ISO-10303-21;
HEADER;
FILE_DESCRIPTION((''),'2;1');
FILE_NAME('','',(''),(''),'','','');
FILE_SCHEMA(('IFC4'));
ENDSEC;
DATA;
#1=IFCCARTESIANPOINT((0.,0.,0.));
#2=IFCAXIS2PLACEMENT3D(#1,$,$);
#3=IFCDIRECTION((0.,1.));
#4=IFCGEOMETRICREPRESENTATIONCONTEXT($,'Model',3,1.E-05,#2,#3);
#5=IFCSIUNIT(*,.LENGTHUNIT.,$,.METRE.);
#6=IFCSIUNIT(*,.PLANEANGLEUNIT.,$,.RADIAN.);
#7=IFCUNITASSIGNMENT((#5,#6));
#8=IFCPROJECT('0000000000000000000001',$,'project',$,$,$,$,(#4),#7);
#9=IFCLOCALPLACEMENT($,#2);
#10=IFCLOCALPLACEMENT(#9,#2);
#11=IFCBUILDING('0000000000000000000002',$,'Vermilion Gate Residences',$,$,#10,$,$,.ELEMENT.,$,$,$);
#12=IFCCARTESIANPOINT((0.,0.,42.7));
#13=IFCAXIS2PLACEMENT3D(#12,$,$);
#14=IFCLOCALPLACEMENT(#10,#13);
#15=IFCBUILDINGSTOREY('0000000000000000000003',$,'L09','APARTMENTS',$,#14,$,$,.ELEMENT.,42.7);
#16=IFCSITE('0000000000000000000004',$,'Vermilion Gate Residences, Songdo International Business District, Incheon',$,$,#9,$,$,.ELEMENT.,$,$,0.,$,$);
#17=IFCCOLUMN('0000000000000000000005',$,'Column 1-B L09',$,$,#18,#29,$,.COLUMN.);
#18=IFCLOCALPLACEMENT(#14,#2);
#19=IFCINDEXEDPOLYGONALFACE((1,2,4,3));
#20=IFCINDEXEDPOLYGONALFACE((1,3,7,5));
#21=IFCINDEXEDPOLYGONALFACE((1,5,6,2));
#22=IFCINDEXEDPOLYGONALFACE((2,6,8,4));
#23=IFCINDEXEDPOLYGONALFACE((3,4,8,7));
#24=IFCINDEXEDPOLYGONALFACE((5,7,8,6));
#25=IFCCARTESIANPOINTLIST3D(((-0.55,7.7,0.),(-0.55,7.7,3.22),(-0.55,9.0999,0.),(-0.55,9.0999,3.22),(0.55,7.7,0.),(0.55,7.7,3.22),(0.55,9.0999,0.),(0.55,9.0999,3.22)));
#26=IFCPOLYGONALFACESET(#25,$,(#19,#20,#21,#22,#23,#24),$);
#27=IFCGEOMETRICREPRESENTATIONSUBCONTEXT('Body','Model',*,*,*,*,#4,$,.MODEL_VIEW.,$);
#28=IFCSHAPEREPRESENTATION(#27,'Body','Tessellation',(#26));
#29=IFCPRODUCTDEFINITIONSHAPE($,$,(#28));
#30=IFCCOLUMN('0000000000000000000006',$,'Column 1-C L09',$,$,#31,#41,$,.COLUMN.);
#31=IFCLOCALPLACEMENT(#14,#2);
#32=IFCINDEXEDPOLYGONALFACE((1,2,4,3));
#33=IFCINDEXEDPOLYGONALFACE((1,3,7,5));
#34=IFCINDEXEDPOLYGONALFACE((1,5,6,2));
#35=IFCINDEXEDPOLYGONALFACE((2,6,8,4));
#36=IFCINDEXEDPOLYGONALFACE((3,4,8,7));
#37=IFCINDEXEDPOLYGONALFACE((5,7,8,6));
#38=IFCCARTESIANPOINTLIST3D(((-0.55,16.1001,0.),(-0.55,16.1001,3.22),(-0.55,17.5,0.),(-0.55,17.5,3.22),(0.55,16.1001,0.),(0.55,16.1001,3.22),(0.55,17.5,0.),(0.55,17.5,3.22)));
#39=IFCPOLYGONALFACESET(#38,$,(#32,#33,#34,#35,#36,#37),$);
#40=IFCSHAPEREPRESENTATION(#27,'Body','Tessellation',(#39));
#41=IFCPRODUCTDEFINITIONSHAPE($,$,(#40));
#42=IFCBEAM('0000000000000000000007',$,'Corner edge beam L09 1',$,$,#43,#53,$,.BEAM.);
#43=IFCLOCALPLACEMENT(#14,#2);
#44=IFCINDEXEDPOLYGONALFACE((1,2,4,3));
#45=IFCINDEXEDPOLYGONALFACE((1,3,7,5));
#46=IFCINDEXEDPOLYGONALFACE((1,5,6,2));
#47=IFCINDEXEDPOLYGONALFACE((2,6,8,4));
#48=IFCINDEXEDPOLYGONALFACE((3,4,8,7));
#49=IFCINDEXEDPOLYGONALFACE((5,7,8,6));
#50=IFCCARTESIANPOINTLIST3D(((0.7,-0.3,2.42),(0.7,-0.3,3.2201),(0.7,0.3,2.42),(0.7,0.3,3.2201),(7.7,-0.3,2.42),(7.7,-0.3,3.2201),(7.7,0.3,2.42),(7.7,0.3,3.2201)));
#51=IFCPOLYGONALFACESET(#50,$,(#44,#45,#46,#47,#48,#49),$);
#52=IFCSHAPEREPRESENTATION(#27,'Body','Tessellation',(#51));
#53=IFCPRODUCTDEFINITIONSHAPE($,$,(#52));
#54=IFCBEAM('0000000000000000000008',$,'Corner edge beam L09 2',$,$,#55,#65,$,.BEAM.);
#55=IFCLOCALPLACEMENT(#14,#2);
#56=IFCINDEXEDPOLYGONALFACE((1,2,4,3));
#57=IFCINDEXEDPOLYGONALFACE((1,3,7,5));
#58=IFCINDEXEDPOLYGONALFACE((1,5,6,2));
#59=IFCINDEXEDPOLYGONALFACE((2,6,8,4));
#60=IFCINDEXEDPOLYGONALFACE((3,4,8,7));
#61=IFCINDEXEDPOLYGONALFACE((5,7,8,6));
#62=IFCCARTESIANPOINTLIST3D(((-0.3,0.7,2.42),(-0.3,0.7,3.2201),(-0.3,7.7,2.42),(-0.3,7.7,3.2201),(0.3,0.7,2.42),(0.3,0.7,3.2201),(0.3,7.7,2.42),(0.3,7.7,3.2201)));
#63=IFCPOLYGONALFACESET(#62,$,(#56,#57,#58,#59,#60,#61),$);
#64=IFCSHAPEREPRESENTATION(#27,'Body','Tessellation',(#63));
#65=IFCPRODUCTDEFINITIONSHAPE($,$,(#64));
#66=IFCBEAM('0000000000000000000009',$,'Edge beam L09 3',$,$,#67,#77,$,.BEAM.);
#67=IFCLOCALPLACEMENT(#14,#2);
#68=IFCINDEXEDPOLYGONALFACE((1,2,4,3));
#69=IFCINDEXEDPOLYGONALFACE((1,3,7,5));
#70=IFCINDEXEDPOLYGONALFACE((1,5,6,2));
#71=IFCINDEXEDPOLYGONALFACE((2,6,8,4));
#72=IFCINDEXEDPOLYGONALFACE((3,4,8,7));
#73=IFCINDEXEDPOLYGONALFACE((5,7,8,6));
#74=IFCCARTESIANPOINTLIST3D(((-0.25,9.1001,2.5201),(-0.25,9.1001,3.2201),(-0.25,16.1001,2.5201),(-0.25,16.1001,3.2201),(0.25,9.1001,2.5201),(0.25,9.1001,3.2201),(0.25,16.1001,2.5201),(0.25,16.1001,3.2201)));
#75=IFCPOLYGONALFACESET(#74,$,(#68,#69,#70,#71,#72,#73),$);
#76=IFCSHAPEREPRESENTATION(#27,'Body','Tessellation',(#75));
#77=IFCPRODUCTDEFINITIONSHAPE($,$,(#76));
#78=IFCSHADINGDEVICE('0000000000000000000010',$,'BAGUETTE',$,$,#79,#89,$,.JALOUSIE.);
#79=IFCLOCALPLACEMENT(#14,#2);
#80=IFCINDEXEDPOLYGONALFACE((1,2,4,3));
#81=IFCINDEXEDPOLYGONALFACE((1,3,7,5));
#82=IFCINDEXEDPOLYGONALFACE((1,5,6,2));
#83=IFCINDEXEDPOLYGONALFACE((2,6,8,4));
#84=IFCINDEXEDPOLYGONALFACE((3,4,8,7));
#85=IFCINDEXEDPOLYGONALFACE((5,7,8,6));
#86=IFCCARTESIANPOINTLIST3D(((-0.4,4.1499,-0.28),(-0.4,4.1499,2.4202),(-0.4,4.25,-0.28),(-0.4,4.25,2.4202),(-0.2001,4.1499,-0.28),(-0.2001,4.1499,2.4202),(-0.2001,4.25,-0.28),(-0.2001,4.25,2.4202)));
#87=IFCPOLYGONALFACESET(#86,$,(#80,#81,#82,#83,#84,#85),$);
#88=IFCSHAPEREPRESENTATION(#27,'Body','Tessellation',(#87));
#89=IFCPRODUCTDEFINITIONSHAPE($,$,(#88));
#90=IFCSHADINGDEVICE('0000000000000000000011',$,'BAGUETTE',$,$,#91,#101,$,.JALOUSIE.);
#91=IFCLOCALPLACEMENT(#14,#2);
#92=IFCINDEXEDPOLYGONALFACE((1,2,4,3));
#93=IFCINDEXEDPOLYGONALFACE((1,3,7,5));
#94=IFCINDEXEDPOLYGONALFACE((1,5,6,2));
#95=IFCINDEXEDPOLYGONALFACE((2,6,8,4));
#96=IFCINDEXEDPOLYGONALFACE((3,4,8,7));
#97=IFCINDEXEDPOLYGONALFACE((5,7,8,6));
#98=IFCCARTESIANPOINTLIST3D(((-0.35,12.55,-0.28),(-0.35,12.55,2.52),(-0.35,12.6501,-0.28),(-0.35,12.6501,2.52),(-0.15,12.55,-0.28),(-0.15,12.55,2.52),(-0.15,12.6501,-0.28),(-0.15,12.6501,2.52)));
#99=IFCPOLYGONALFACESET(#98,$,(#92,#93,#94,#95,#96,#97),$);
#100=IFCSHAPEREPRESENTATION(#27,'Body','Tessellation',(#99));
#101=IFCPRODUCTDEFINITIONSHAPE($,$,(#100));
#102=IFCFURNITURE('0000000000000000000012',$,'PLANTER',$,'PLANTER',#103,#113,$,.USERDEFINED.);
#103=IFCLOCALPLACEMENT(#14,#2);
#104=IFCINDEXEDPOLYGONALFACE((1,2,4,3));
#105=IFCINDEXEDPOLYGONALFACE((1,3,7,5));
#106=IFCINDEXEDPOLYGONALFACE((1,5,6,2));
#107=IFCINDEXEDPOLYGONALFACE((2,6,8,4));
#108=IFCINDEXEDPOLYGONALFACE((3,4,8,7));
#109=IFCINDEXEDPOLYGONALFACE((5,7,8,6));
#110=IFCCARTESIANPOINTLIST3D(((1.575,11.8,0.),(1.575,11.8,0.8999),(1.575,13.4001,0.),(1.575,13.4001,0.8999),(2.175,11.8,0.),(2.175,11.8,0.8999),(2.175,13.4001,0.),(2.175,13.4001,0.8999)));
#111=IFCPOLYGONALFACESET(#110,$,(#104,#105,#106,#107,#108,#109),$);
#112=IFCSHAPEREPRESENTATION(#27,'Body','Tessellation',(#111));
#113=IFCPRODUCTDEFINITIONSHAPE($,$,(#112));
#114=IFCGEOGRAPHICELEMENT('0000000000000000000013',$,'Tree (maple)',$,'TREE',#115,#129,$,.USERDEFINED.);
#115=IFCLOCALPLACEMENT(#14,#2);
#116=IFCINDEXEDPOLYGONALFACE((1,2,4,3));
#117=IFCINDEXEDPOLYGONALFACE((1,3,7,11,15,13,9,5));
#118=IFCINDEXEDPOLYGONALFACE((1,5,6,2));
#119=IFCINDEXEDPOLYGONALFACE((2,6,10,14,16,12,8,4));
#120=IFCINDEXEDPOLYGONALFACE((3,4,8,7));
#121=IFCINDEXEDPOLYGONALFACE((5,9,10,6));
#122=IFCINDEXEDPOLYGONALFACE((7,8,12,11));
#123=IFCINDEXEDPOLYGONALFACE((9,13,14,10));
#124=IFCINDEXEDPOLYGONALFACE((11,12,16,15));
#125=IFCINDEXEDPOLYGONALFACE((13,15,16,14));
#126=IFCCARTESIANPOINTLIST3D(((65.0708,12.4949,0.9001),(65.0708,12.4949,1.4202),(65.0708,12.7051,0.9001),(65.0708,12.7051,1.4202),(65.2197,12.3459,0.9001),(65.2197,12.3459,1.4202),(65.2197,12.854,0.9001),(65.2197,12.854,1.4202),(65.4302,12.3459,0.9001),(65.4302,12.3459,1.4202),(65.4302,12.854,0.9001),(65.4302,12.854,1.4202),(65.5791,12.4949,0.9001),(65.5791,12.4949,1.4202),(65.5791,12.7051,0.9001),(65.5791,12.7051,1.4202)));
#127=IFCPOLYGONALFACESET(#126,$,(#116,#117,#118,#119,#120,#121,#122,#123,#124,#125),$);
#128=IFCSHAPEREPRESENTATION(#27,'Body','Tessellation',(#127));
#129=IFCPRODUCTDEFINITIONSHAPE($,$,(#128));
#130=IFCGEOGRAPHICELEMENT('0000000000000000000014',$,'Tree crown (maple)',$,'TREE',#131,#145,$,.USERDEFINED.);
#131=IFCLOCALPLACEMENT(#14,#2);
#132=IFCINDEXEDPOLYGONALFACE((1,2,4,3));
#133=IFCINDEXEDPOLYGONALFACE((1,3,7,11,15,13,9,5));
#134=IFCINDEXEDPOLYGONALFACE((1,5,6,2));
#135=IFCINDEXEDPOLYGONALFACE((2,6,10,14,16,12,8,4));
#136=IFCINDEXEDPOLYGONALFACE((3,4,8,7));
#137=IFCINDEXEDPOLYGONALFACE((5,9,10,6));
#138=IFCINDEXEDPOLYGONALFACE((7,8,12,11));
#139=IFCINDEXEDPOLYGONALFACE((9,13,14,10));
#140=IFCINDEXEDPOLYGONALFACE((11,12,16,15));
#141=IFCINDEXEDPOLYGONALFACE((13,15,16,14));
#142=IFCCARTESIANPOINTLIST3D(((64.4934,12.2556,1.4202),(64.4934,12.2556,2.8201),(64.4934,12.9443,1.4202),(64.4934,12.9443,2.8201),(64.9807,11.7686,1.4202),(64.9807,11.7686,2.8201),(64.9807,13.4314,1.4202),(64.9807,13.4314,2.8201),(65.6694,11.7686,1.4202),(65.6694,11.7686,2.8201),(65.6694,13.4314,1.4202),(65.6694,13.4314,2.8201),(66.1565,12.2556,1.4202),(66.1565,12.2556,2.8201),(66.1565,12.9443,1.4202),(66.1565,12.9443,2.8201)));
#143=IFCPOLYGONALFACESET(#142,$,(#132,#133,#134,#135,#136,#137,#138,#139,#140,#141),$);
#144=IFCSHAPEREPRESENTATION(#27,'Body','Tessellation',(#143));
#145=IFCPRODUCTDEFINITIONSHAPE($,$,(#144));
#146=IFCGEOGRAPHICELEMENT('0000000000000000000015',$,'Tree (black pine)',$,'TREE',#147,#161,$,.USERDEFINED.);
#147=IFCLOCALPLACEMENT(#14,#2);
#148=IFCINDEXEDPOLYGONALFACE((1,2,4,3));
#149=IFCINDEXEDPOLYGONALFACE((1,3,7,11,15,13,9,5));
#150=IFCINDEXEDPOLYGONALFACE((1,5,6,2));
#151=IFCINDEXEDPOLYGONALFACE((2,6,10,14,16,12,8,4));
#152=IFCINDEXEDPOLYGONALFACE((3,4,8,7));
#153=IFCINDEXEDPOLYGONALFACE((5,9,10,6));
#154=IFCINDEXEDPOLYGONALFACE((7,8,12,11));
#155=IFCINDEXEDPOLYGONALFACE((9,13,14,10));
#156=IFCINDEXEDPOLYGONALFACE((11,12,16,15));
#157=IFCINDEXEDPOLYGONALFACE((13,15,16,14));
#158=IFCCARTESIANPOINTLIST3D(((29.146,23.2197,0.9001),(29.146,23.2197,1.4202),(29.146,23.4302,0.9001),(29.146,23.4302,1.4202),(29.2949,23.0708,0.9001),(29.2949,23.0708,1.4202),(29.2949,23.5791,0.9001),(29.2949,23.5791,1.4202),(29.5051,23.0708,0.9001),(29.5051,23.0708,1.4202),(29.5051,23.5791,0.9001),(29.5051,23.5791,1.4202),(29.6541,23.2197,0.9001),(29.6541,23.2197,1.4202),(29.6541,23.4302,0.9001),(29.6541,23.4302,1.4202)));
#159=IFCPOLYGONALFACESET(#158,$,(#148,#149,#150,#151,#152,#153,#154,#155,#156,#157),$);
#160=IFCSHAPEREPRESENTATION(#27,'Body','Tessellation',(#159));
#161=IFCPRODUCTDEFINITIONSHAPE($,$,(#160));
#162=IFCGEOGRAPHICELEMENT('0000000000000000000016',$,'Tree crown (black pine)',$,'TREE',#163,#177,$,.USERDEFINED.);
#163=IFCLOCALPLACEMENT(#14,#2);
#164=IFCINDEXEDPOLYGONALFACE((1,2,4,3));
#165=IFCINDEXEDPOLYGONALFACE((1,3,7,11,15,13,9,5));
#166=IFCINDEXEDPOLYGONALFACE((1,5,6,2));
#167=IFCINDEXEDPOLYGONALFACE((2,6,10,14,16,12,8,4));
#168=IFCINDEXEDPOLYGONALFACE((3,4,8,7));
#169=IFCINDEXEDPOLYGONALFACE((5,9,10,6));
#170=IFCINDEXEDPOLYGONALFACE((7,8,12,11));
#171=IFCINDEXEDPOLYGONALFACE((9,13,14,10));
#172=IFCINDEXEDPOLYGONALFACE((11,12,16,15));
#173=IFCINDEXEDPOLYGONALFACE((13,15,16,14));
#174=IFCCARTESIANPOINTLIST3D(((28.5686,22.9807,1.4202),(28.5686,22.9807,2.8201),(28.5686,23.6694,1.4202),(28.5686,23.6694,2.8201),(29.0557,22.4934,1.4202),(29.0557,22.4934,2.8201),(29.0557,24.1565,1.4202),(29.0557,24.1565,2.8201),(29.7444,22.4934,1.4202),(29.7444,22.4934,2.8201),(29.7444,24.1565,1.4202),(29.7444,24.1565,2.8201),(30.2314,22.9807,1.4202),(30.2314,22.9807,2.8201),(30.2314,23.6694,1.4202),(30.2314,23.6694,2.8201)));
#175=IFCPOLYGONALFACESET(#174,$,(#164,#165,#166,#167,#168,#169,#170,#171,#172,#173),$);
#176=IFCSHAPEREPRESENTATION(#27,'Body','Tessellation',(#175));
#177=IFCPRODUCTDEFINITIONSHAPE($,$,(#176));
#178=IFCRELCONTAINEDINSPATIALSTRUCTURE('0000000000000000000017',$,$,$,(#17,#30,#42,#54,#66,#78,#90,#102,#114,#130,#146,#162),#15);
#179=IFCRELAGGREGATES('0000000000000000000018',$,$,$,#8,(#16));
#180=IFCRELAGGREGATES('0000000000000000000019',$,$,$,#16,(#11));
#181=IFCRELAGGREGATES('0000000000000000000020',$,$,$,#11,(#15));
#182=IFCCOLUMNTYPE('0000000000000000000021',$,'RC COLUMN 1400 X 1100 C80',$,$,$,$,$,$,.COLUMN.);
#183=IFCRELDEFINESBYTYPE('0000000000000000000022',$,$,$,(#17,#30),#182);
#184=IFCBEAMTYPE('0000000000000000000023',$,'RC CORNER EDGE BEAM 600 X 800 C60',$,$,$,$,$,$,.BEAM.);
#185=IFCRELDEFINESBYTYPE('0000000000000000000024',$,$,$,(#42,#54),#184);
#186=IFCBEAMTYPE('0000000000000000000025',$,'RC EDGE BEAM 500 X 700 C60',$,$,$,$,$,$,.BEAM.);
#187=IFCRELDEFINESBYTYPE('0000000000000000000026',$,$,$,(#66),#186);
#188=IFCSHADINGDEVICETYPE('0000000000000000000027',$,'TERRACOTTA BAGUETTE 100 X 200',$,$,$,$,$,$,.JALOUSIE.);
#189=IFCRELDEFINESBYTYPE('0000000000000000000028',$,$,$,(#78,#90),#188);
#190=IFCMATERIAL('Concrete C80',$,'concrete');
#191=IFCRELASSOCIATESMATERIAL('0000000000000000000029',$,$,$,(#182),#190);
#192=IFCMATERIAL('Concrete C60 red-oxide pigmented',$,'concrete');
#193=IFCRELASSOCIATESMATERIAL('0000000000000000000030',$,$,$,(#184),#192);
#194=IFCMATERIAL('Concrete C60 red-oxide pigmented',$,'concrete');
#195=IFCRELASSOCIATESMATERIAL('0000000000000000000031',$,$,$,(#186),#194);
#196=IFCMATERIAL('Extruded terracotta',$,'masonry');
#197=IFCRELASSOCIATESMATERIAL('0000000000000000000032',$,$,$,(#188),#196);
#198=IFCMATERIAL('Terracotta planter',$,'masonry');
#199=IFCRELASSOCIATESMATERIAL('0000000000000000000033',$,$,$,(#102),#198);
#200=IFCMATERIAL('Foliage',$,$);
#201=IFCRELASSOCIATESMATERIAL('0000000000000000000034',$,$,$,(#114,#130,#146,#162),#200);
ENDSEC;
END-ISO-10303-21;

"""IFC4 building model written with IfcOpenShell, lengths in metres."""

from ifc_helpers import new_model, si_unit, direction, frame, origin, origin_2d, place, context, subcontext, project, spatial, polyline, rectangle, outline, extrude, material, material_profile, profile_set, type_object, element, save


model = new_model("IFC4")

# Units and contexts
model_context = context("Model", 3, precision=1e-05, world=origin(), true_north=direction((0.0, 1.0)))
body_context = subcontext(model_context, "Body", "Model", "MODEL_VIEW")
ifc_project = project(units=[si_unit("LENGTHUNIT", "METRE"), si_unit("PLANEANGLEUNIT", "RADIAN")], contexts=[model_context])

# Site, building, storey
site_placement = place(None, origin())
site = spatial("IfcSite", under=ifc_project, at=site_placement, Name="Vermilion Gate Residences, Songdo International Business District, Incheon", CompositionType="ELEMENT", RefElevation=0.0)
building_placement = place(site_placement, origin())
building = spatial("IfcBuilding", under=site, at=building_placement, Name="Vermilion Gate Residences", CompositionType="ELEMENT")
storey_placement = place(building_placement, frame((0.0, 0.0, 42.7)))
storey = spatial("IfcBuildingStorey", under=building, at=storey_placement, Name="L09", Description="APARTMENTS", CompositionType="ELEMENT", Elevation=42.7)

# Columns
ifc_material_1 = material(Name="Concrete C80", Category="concrete")
ifc_material_profile_1 = material_profile(ifc_material_1, rectangle(XDim=1.3999, YDim=1.1001, at=origin_2d()), Name="RC-1400x1100")
ifc_profile_set_1 = profile_set([ifc_material_profile_1], Name="Concrete C80")
column_type = type_object("IfcColumnType", Name="RC COLUMN 1400 X 1100 C80", PredefinedType="COLUMN", material=ifc_profile_set_1)
for number, where, z_axis, x_axis, name in (
    (1, (0.0, 8.3999, 0.0), (0.0, 0.0, 1.0), (0.0, 1.0, 0.0), "Column 1-B L09"),
    (2, (0.0, 16.8, 0.0), (0.0, 0.0, 1.0), (0.0, 1.0, 0.0), "Column 1-C L09"),
):
    element("IfcColumn", number, at=place(storey_placement, frame(where, z_axis=z_axis, x_axis=x_axis)), inside=storey, type_object=column_type, Name=name, PredefinedType="COLUMN", context=body_context, shape_type="SweptSolid", body=[
        extrude(rectangle(XDim=1.3999, YDim=1.1001, at=origin_2d()), origin(), (0.0, 0.0, 1.0), 3.22),
    ])

# Beams
ifc_material_2 = material(Name="Concrete C60 red-oxide pigmented", Category="concrete")
ifc_material_profile_2 = material_profile(ifc_material_2, rectangle(XDim=0.6001, YDim=0.8, at=origin_2d()), Name="RC-600x800")
ifc_profile_set_2 = profile_set([ifc_material_profile_2], Name="Concrete C60 red-oxide pigmented")
beam_type_1 = type_object("IfcBeamType", Name="RC CORNER EDGE BEAM 600 X 800 C60", PredefinedType="BEAM", material=ifc_profile_set_2)
for number, where, z_axis, x_axis, name in (
    (3, (0.7, 0.0, 2.8201), (1.0, 0.0, 0.0), (0.0, 1.0, 0.0), "Corner edge beam L09 1"),
    (4, (0.0, 0.7, 2.8201), (0.0, 1.0, 0.0), (-1.0, 0.0, 0.0), "Corner edge beam L09 2"),
):
    element("IfcBeam", number, at=place(storey_placement, frame(where, z_axis=z_axis, x_axis=x_axis)), inside=storey, type_object=beam_type_1, Name=name, PredefinedType="BEAM", context=body_context, shape_type="SweptSolid", body=[
        extrude(rectangle(XDim=0.6001, YDim=0.8, at=origin_2d()), origin(), (0.0, 0.0, 1.0), 7.0),
    ])
ifc_material_3 = material(Name="Concrete C60 red-oxide pigmented", Category="concrete")
ifc_material_profile_3 = material_profile(ifc_material_3, rectangle(XDim=0.5, YDim=0.7, at=origin_2d()), Name="RC-500x700")
ifc_profile_set_3 = profile_set([ifc_material_profile_3], Name="Concrete C60 red-oxide pigmented")
beam_type_2 = type_object("IfcBeamType", Name="RC EDGE BEAM 500 X 700 C60", PredefinedType="BEAM", material=ifc_profile_set_3)
beam_placement = place(storey_placement, frame((0.0, 9.1001, 2.8701), z_axis=(0.0, 1.0, 0.0), x_axis=(-1.0, 0.0, 0.0)))
element("IfcBeam", 5, at=beam_placement, inside=storey, type_object=beam_type_2, Name="Edge beam L09 3", PredefinedType="BEAM", context=body_context, shape_type="SweptSolid", body=[
    extrude(rectangle(XDim=0.5, YDim=0.7, at=origin_2d()), origin(), (0.0, 0.0, 1.0), 7.0),
])

# Shading devices
ifc_material_4 = material(Name="Extruded terracotta", Category="masonry")
ifc_material_profile_4 = material_profile(ifc_material_4, rectangle(XDim=0.2, YDim=0.1001, at=origin_2d()), Name="BAGUETTE 100 X 200")
ifc_profile_set_4 = profile_set([ifc_material_profile_4], Name="Extruded terracotta")
shading_device_type = type_object("IfcShadingDeviceType", Name="TERRACOTTA BAGUETTE 100 X 200", PredefinedType="JALOUSIE", material=ifc_profile_set_4)
shading_device_1_placement = place(storey_placement, frame((-0.3, 4.2, -0.28), z_axis=(0.0, 0.0, 1.0), x_axis=(1.0, 0.0, 0.0)))
element("IfcShadingDevice", 6, at=shading_device_1_placement, inside=storey, type_object=shading_device_type, Name="BAGUETTE", PredefinedType="JALOUSIE", context=body_context, shape_type="SweptSolid", body=[
    extrude(rectangle(XDim=0.2, YDim=0.1001, at=origin_2d()), origin(), (0.0, 0.0, 1.0), 2.7002),
])
shading_device_2_placement = place(storey_placement, frame((-0.25, 12.6001, -0.28), z_axis=(0.0, 0.0, 1.0), x_axis=(1.0, 0.0, 0.0)))
element("IfcShadingDevice", 7, at=shading_device_2_placement, inside=storey, type_object=shading_device_type, Name="BAGUETTE", PredefinedType="JALOUSIE", context=body_context, shape_type="SweptSolid", body=[
    extrude(rectangle(XDim=0.2, YDim=0.1001, at=origin_2d()), origin(), (0.0, 0.0, 1.0), 2.8),
])

# Furniture
ifc_material_5 = material(Name="Terracotta planter", Category="masonry")
furniture_placement = place(storey_placement, frame((1.875, 12.6001, 0.0), z_axis=(0.0, 0.0, 1.0), x_axis=(0.0, -1.0, 0.0)))
element("IfcFurniture", 8, at=furniture_placement, inside=storey, material=ifc_material_5, Name="PLANTER", ObjectType="PLANTER", PredefinedType="USERDEFINED", context=body_context, shape_type="SweptSolid", body=[
    extrude(rectangle(XDim=1.6001, YDim=0.6001, at=origin_2d()), origin(), (0.0, 0.0, 1.0), 0.8999),
])

# Geographic elements
ifc_material_6 = material(Name="Foliage")
geographic_element_1_placement = place(storey_placement, frame((0.0, 0.0, 0.9001)))
element("IfcGeographicElement", 9, at=geographic_element_1_placement, inside=storey, material=ifc_material_6, Name="Tree (maple)", ObjectType="TREE", PredefinedType="USERDEFINED", context=body_context, shape_type="SweptSolid", body=[
    extrude(outline(polyline([(65.5791, 12.7051), (65.4302, 12.854), (65.2197, 12.854), (65.0708, 12.7051), (65.0708, 12.4949), (65.2197, 12.3459), (65.4302, 12.3459), (65.5791, 12.4949), (65.5791, 12.7051)])), origin(), (0.0, 0.0, 1.0), 0.52),
])
geographic_element_2_placement = place(storey_placement, frame((0.0, 0.0, 1.4202)))
element("IfcGeographicElement", 10, at=geographic_element_2_placement, inside=storey, material=ifc_material_6, Name="Tree crown (maple)", ObjectType="TREE", PredefinedType="USERDEFINED", context=body_context, shape_type="SweptSolid", body=[
    extrude(outline(polyline([(66.1565, 12.9443), (65.6694, 13.4314), (64.9807, 13.4314), (64.4934, 12.9443), (64.4934, 12.2556), (64.9807, 11.7686), (65.6694, 11.7686), (66.1565, 12.2556), (66.1565, 12.9443)])), origin(), (0.0, 0.0, 1.0), 1.3999),
])
geographic_element_3_placement = place(storey_placement, frame((0.0, 0.0, 0.9001)))
element("IfcGeographicElement", 11, at=geographic_element_3_placement, inside=storey, material=ifc_material_6, Name="Tree (black pine)", ObjectType="TREE", PredefinedType="USERDEFINED", context=body_context, shape_type="SweptSolid", body=[
    extrude(outline(polyline([(29.6541, 23.4302), (29.5051, 23.5791), (29.2949, 23.5791), (29.146, 23.4302), (29.146, 23.2197), (29.2949, 23.0708), (29.5051, 23.0708), (29.6541, 23.2197), (29.6541, 23.4302)])), origin(), (0.0, 0.0, 1.0), 0.52),
])
geographic_element_4_placement = place(storey_placement, frame((0.0, 0.0, 1.4202)))
element("IfcGeographicElement", 12, at=geographic_element_4_placement, inside=storey, material=ifc_material_6, Name="Tree crown (black pine)", ObjectType="TREE", PredefinedType="USERDEFINED", context=body_context, shape_type="SweptSolid", body=[
    extrude(outline(polyline([(30.2314, 23.6694), (29.7444, 24.1565), (29.0557, 24.1565), (28.5686, 23.6694), (28.5686, 22.9807), (29.0557, 22.4934), (29.7444, 22.4934), (30.2314, 22.9807), (30.2314, 23.6694)])), origin(), (0.0, 0.0, 1.0), 1.3999),
])

save(model, "model.ifc")
